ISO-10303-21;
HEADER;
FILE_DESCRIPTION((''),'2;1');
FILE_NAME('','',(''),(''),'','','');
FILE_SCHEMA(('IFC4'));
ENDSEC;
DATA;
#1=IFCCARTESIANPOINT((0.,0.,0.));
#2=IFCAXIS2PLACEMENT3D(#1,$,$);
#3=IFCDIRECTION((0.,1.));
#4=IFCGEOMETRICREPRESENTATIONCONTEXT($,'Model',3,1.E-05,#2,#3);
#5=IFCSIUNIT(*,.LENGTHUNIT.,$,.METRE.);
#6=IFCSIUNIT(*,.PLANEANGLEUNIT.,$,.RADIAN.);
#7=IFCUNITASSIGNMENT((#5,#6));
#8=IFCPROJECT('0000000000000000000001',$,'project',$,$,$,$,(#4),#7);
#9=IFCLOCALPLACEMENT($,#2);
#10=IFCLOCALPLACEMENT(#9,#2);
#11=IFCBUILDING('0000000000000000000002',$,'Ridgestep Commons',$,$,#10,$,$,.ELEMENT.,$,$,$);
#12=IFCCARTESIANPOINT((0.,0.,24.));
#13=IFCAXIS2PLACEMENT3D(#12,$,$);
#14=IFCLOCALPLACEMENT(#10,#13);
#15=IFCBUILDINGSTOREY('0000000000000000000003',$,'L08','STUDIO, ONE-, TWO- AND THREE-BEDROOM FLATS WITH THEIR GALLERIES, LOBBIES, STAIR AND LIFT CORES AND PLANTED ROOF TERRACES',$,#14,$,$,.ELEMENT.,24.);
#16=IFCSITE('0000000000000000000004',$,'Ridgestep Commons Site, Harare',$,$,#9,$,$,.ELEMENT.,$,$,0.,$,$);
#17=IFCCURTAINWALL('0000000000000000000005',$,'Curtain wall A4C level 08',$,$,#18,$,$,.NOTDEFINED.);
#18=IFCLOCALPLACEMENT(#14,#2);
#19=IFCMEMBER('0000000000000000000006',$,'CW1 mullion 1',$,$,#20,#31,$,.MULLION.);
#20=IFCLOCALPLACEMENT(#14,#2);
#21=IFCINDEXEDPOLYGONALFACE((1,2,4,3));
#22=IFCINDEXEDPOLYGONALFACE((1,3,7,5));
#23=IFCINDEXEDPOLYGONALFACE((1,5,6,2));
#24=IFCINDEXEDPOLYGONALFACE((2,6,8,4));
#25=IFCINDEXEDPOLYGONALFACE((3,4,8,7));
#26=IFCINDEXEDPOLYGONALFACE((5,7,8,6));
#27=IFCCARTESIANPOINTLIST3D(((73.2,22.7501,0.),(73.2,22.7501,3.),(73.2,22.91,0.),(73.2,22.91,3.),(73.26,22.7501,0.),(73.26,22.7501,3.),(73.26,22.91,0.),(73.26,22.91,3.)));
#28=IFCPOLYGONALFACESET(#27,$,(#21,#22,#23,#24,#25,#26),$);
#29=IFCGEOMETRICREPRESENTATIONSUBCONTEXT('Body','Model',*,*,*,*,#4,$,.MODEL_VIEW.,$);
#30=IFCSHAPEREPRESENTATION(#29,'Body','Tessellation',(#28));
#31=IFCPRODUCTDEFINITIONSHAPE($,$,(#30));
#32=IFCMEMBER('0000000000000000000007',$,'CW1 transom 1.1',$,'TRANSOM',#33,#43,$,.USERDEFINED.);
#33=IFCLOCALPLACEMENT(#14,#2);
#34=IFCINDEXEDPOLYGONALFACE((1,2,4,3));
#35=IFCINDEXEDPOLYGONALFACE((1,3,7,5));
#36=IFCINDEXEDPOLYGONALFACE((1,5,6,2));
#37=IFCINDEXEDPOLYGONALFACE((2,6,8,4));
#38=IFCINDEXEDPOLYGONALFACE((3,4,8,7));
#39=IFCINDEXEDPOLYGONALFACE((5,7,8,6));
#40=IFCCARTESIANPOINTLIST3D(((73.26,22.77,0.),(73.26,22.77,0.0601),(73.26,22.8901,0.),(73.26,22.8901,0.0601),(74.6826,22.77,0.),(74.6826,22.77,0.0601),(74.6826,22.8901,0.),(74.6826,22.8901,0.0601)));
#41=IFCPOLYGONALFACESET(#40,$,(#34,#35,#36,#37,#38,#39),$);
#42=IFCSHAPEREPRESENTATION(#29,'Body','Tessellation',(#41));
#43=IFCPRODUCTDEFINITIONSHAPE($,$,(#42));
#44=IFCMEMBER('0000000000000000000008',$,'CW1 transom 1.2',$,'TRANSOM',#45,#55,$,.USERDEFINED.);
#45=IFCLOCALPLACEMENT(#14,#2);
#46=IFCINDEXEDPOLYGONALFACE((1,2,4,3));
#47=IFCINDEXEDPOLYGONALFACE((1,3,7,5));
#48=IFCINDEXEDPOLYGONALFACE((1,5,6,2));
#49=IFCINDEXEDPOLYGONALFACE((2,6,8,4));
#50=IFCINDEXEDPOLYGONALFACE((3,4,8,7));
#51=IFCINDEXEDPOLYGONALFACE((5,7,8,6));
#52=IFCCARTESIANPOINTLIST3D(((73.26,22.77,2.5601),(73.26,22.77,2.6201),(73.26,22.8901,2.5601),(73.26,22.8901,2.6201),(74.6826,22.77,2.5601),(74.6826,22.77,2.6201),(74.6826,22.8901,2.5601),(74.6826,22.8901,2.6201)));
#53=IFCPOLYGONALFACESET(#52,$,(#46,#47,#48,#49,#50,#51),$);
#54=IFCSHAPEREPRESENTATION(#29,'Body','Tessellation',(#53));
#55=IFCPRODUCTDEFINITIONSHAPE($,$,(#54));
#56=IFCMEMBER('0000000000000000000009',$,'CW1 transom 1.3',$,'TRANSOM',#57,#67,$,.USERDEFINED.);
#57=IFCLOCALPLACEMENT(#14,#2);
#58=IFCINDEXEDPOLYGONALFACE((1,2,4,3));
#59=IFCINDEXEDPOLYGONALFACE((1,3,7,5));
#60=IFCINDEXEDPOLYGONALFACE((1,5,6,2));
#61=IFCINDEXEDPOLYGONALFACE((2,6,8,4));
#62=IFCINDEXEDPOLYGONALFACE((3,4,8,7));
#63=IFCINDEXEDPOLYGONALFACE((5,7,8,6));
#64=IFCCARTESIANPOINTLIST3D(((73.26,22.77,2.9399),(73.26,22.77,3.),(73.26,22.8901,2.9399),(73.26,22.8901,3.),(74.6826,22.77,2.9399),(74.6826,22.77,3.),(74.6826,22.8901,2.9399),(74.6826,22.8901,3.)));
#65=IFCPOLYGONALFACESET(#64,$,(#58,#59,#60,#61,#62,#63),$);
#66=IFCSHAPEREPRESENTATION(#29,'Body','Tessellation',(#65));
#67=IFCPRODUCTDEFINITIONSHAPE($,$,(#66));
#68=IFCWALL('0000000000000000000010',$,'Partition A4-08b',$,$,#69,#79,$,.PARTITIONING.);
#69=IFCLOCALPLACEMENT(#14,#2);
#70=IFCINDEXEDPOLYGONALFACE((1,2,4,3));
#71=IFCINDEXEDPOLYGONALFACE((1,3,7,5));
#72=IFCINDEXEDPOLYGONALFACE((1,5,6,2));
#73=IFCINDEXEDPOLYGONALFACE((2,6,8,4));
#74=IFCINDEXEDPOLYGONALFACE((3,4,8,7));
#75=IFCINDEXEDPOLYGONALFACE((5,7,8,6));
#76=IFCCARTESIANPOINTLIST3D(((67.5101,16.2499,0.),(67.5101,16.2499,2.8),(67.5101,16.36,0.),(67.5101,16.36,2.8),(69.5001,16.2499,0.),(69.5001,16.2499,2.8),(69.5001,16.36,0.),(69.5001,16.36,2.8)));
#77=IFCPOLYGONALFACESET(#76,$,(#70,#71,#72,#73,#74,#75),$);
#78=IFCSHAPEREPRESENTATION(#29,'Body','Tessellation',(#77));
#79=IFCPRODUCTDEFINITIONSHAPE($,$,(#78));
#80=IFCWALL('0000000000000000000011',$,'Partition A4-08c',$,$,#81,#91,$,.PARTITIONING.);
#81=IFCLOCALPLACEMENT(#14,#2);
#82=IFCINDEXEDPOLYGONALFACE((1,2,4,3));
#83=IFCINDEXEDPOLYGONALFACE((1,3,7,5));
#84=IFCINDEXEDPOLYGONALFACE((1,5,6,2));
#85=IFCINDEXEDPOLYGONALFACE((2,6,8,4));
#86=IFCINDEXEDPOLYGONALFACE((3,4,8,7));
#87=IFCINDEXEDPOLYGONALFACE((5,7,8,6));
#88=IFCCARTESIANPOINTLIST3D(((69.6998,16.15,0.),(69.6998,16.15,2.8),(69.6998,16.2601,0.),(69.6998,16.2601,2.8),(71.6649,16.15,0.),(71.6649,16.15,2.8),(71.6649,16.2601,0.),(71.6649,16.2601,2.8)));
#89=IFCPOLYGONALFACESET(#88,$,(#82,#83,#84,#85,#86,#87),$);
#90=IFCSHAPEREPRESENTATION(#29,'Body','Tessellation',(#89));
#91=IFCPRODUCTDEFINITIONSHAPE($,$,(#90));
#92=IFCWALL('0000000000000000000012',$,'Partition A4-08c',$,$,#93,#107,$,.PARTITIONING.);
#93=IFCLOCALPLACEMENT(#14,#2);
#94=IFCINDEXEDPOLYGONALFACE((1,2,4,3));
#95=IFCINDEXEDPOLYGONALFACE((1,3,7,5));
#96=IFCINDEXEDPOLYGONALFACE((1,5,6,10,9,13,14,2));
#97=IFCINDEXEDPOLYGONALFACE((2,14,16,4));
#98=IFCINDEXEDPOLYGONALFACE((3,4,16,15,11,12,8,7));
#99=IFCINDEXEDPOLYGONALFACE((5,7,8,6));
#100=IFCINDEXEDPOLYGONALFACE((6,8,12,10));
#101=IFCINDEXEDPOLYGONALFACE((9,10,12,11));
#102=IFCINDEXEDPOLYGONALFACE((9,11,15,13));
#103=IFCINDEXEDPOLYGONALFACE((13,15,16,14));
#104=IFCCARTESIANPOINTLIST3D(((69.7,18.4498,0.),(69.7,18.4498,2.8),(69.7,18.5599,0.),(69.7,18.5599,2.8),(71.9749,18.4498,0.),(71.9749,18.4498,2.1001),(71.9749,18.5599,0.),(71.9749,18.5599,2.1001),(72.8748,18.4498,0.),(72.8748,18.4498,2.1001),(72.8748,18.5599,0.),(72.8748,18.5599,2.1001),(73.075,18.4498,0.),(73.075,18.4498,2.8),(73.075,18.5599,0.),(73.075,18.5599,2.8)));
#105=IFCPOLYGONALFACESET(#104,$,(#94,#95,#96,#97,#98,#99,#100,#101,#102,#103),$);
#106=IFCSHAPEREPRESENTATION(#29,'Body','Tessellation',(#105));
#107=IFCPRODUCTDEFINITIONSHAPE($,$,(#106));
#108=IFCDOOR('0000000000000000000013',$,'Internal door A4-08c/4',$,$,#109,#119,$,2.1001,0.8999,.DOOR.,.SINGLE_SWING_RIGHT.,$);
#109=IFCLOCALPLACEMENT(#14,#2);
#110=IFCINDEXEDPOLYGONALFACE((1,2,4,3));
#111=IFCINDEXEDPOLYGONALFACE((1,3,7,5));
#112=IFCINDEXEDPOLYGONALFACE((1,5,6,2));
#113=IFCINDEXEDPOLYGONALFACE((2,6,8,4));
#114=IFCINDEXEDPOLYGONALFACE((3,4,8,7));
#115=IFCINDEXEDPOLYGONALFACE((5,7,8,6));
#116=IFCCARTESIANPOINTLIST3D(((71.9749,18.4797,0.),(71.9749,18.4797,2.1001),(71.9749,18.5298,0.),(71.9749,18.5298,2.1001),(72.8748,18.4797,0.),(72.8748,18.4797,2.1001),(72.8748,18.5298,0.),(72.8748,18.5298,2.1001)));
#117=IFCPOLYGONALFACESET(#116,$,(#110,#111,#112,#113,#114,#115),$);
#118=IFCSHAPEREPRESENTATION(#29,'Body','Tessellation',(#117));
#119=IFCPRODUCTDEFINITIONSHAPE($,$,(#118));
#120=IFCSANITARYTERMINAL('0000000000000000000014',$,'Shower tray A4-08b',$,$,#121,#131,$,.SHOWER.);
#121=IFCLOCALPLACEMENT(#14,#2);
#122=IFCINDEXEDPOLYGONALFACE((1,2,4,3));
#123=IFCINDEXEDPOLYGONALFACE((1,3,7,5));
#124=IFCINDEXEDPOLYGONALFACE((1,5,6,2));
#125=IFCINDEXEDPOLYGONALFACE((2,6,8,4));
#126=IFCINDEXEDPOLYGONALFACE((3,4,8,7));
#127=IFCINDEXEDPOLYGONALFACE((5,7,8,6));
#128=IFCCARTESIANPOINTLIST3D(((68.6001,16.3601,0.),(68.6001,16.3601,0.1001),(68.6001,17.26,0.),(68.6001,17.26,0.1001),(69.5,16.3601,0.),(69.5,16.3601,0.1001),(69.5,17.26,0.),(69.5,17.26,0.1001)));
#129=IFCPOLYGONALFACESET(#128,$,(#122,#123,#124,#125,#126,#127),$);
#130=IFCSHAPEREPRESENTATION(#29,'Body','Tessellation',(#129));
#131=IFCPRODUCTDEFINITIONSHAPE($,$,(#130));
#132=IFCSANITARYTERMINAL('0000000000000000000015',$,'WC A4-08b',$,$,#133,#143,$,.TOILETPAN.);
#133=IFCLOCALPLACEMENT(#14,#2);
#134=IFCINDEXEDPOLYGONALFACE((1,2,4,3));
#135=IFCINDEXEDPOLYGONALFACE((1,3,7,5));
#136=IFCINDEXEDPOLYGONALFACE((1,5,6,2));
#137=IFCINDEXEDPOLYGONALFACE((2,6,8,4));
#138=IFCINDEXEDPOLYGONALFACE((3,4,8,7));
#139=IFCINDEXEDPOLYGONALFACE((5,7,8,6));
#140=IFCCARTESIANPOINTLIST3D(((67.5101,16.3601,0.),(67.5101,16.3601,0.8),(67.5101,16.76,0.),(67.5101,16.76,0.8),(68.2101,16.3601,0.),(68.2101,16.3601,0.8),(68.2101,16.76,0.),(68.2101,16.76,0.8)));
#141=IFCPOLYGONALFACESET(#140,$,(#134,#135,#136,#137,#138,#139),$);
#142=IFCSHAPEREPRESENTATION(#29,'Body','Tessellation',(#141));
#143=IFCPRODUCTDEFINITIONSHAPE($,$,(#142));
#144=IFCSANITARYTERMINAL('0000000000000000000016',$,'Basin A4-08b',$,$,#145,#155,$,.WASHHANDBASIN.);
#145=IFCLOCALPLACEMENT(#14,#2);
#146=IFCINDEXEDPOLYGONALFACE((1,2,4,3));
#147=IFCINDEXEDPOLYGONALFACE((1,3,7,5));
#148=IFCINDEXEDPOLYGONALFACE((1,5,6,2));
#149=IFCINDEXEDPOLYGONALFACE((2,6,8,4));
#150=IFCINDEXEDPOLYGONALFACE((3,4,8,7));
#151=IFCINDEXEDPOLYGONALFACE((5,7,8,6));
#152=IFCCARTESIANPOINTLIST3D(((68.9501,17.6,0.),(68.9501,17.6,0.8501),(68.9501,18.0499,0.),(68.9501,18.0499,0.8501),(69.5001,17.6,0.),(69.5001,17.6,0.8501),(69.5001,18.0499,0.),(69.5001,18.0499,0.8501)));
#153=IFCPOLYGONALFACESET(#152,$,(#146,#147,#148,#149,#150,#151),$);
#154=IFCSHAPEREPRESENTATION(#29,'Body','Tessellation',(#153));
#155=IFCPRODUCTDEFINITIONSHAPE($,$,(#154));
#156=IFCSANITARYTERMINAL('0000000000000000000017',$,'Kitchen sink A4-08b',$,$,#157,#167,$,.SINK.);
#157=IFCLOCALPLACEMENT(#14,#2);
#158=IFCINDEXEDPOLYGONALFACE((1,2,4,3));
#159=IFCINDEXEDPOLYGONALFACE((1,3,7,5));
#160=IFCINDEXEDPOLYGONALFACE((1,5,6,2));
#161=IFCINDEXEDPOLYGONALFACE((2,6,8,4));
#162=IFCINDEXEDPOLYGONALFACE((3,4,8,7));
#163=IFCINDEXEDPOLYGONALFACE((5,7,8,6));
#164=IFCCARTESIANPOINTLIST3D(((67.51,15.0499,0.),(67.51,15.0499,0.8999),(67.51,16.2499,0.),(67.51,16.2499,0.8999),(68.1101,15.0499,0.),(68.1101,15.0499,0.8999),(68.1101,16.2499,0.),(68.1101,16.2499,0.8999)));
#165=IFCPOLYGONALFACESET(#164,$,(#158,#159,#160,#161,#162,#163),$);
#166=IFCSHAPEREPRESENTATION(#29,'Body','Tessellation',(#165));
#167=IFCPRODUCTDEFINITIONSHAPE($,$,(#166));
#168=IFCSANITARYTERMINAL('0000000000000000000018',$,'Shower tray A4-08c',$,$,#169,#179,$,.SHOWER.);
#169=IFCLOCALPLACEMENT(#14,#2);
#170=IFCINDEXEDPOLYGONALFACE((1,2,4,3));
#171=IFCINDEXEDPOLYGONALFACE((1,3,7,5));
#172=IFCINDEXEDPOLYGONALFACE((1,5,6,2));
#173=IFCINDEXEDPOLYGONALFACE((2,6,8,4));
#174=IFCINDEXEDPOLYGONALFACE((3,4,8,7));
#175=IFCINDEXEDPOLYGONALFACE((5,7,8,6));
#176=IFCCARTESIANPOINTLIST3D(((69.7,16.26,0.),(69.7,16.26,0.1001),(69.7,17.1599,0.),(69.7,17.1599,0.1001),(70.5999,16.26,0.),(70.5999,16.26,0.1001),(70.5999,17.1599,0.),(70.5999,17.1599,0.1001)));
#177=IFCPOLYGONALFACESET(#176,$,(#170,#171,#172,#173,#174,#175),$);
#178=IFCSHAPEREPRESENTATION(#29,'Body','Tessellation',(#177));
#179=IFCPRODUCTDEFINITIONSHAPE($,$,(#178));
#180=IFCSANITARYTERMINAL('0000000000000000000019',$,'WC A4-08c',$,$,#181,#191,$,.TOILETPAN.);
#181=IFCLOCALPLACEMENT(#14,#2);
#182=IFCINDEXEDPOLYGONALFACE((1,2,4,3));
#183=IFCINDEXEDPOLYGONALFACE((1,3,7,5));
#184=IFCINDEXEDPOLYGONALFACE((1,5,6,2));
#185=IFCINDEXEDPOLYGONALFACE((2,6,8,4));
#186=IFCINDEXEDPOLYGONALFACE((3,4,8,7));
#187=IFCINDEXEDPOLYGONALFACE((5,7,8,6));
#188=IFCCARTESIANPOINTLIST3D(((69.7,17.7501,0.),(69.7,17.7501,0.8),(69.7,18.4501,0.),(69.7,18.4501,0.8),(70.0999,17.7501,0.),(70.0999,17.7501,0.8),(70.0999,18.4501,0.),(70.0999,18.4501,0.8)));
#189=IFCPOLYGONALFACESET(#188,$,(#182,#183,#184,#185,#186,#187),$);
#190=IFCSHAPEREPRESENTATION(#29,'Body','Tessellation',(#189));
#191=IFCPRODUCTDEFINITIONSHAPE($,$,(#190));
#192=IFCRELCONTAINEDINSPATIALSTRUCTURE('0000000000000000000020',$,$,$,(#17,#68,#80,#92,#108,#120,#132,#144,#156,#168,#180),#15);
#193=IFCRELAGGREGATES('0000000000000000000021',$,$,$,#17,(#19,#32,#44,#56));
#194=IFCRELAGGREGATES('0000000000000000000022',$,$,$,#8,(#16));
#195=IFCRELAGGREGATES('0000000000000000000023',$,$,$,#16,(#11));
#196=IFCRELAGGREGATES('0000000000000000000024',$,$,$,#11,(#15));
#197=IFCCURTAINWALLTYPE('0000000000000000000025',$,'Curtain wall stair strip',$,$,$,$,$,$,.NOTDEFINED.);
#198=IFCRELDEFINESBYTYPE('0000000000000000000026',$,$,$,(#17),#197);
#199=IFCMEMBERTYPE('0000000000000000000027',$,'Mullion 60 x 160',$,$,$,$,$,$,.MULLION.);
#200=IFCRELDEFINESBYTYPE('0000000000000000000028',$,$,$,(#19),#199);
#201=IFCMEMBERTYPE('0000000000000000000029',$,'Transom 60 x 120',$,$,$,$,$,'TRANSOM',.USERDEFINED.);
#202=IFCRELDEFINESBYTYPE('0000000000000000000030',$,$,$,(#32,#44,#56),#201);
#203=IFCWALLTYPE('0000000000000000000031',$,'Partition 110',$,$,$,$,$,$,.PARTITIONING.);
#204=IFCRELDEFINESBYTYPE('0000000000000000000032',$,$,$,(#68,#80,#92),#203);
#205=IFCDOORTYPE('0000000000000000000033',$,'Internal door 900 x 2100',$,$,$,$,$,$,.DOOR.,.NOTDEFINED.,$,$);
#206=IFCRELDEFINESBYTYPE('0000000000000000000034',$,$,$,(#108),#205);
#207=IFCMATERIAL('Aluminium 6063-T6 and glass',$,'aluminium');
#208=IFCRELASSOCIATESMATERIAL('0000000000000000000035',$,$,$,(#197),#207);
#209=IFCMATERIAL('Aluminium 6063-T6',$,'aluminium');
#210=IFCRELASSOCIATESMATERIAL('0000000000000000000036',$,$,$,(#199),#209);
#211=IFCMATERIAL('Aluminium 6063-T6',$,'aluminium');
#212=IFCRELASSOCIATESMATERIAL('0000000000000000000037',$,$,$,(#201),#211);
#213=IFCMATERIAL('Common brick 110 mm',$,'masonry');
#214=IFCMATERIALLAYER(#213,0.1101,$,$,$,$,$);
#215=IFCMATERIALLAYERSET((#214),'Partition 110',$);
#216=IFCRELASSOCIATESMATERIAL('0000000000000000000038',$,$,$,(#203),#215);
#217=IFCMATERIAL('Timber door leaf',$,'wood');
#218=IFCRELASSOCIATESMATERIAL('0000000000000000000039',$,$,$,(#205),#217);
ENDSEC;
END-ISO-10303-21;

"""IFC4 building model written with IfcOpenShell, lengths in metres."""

from ifc_helpers import new_model, si_unit, direction, frame, frame_2d, origin, origin_2d, place, context, subcontext, project, spatial, rectangle, extrude, material, layer, layer_set, material_profile, profile_set, type_object, element, fill, aggregate, save


model = new_model("IFC4")

# Units and contexts
model_context = context("Model", 3, precision=1e-05, world=origin(), true_north=direction((0.0, 1.0)))
body_context = subcontext(model_context, "Body", "Model", "MODEL_VIEW")
ifc_project = project(units=[si_unit("LENGTHUNIT", "METRE"), si_unit("PLANEANGLEUNIT", "RADIAN")], contexts=[model_context])

# Site, building, storey
site_placement = place(None, origin())
site = spatial("IfcSite", under=ifc_project, at=site_placement, Name="Ridgestep Commons Site, Harare", CompositionType="ELEMENT", RefElevation=0.0)
building_placement = place(site_placement, origin())
building = spatial("IfcBuilding", under=site, at=building_placement, Name="Ridgestep Commons", CompositionType="ELEMENT")
storey_placement = place(building_placement, frame((0.0, 0.0, 24.0)))
storey = spatial("IfcBuildingStorey", under=building, at=storey_placement, Name="L08", Description="STUDIO, ONE-, TWO- AND THREE-BEDROOM FLATS WITH THEIR GALLERIES, LOBBIES, STAIR AND LIFT CORES AND PLANTED ROOF TERRACES", CompositionType="ELEMENT", Elevation=24.0)

# Curtain wall, members
ifc_material_1 = material(Name="Aluminium 6063-T6 and glass", Category="aluminium")
curtain_wall_type = type_object("IfcCurtainWallType", Name="Curtain wall stair strip", PredefinedType="NOTDEFINED", material=ifc_material_1)
curtain_wall_placement = place(storey_placement, origin())
curtain_wall = element("IfcCurtainWall", 1, at=curtain_wall_placement, inside=storey, type_object=curtain_wall_type, Name="Curtain wall A4C level 08", PredefinedType="NOTDEFINED")
ifc_material_2 = material(Name="Aluminium 6063-T6", Category="aluminium")
ifc_material_profile_1 = material_profile(ifc_material_2, rectangle(XDim=0.1599, YDim=0.0601, at=origin_2d()), Name="Mullion 60 x 160")
ifc_profile_set_1 = profile_set([ifc_material_profile_1], Name="Aluminium 6063-T6")
member_type_1 = type_object("IfcMemberType", Name="Mullion 60 x 160", PredefinedType="MULLION", material=ifc_profile_set_1)
member_1_placement = place(storey_placement, frame((73.23, 22.8301, 0.0), z_axis=(0.0, 0.0, 1.0), x_axis=(0.0, 1.0, 0.0)))
member_1 = element("IfcMember", 2, at=member_1_placement, type_object=member_type_1, Name="CW1 mullion 1", PredefinedType="MULLION", context=body_context, shape_type="SweptSolid", body=[
    extrude(rectangle(XDim=0.1599, YDim=0.0601, at=origin_2d()), origin(), (0.0, 0.0, 1.0), 3.0),
])
ifc_material_3 = material(Name="Aluminium 6063-T6", Category="aluminium")
ifc_material_profile_2 = material_profile(ifc_material_3, rectangle(XDim=0.1201, YDim=0.0601, at=origin_2d()), Name="Transom 60 x 120")
ifc_profile_set_2 = profile_set([ifc_material_profile_2], Name="Aluminium 6063-T6")
member_type_2 = type_object("IfcMemberType", Name="Transom 60 x 120", ElementType="TRANSOM", PredefinedType="USERDEFINED", material=ifc_profile_set_2)
member_2_placement = place(storey_placement, frame((73.26, 22.8301, 0.03), z_axis=(1.0, 0.0, 0.0), x_axis=(0.0, 1.0, 0.0)))
member_2 = element("IfcMember", 3, at=member_2_placement, type_object=member_type_2, Name="CW1 transom 1.1", ObjectType="TRANSOM", PredefinedType="USERDEFINED", context=body_context, shape_type="SweptSolid", body=[
    extrude(rectangle(XDim=0.1201, YDim=0.0601, at=origin_2d()), origin(), (0.0, 0.0, 1.0), 1.4226),
])
member_3_placement = place(storey_placement, frame((73.26, 22.8301, 2.5901), z_axis=(1.0, 0.0, 0.0), x_axis=(0.0, 1.0, 0.0)))
member_3 = element("IfcMember", 4, at=member_3_placement, type_object=member_type_2, Name="CW1 transom 1.2", ObjectType="TRANSOM", PredefinedType="USERDEFINED", context=body_context, shape_type="SweptSolid", body=[
    extrude(rectangle(XDim=0.1201, YDim=0.0601, at=origin_2d()), origin(), (0.0, 0.0, 1.0), 1.4226),
])
member_4_placement = place(storey_placement, frame((73.26, 22.8301, 2.97), z_axis=(1.0, 0.0, 0.0), x_axis=(0.0, 1.0, 0.0)))
member_4 = element("IfcMember", 5, at=member_4_placement, type_object=member_type_2, Name="CW1 transom 1.3", ObjectType="TRANSOM", PredefinedType="USERDEFINED", context=body_context, shape_type="SweptSolid", body=[
    extrude(rectangle(XDim=0.1201, YDim=0.0601, at=origin_2d()), origin(), (0.0, 0.0, 1.0), 1.4226),
])
aggregate(curtain_wall, [member_1, member_2, member_3, member_4])

# Walls
ifc_material_4 = material(Name="Common brick 110 mm", Category="masonry")
ifc_layer = layer(ifc_material_4, 0.1101)
ifc_layer_set = layer_set([ifc_layer], Name="Partition 110")
wall_type = type_object("IfcWallType", Name="Partition 110", PredefinedType="PARTITIONING", material=ifc_layer_set)
wall_1_placement = place(storey_placement, frame((67.51, 16.3049, 0.0), z_axis=(0.0, 0.0, 1.0), x_axis=(1.0, 0.0, 0.0)))
element("IfcWall", 6, at=wall_1_placement, inside=storey, type_object=wall_type, Name="Partition A4-08b", PredefinedType="PARTITIONING", context=body_context, shape_type="SweptSolid", body=[
    extrude(rectangle(XDim=1.99, YDim=0.1101, at=frame_2d((0.9951, 0.0))), origin(), (0.0, 0.0, 1.0), 2.8),
])
wall_2_placement = place(storey_placement, frame((69.7, 16.2051, 0.0), z_axis=(0.0, 0.0, 1.0), x_axis=(1.0, 0.0, 0.0)))
element("IfcWall", 7, at=wall_2_placement, inside=storey, type_object=wall_type, Name="Partition A4-08c", PredefinedType="PARTITIONING", context=body_context, shape_type="SweptSolid", body=[
    extrude(rectangle(XDim=1.9651, YDim=0.1101, at=frame_2d((0.9824, 0.0))), origin(), (0.0, 0.0, 1.0), 2.8),
])

# Wall, opening, door
wall_3_placement = place(storey_placement, frame((69.7, 18.5049, 0.0), z_axis=(0.0, 0.0, 1.0), x_axis=(1.0, 0.0, 0.0)))
wall_3 = element("IfcWall", 8, at=wall_3_placement, inside=storey, type_object=wall_type, Name="Partition A4-08c", PredefinedType="PARTITIONING", context=body_context, shape_type="SweptSolid", body=[
    extrude(rectangle(XDim=3.375, YDim=0.1101, at=frame_2d((1.6875, 0.0))), origin(), (0.0, 0.0, 1.0), 2.8),
])
opening_placement = place(wall_3_placement, frame((2.2749, 0.0, 0.0)))
opening = element("IfcOpeningElement", 9, at=opening_placement, cuts=wall_3, PredefinedType="OPENING", context=body_context, shape_type="SweptSolid", body=[
    extrude(rectangle(XDim=0.8999, YDim=2.1001, at=frame_2d((0.45, 1.05))), frame((0.0, 0.0649, 0.0), z_axis=(0.0, -1.0, 0.0), x_axis=(1.0, 0.0, 0.0)), (0.0, 0.0, 1.0), 0.1301),
])
ifc_material_5 = material(Name="Timber door leaf", Category="wood")
door_type = type_object("IfcDoorType", Name="Internal door 900 x 2100", OperationType="NOTDEFINED", PredefinedType="DOOR", material=ifc_material_5)
door_placement = place(opening_placement, origin())
door = element("IfcDoor", 10, at=door_placement, inside=storey, type_object=door_type, Name="Internal door A4-08c/4", OperationType="SINGLE_SWING_RIGHT", OverallHeight=2.1001, OverallWidth=0.8999, PredefinedType="DOOR", context=body_context, shape_type="SweptSolid", body=[
    extrude(rectangle(XDim=0.8999, YDim=2.1001, at=frame_2d((0.45, 1.05))), frame((0.0, 0.0249, 0.0), z_axis=(0.0, -1.0, 0.0), x_axis=(1.0, 0.0, 0.0)), (0.0, 0.0, 1.0), 0.05),
])
fill(opening, door)

# Sanitary terminals
sanitary_terminal_1_placement = place(storey_placement, frame((69.05, 16.8101, 0.0), z_axis=(0.0, 0.0, 1.0), x_axis=(1.0, 0.0, 0.0)))
element("IfcSanitaryTerminal", 11, at=sanitary_terminal_1_placement, inside=storey, Name="Shower tray A4-08b", PredefinedType="SHOWER", context=body_context, shape_type="SweptSolid", body=[
    extrude(rectangle(XDim=0.8999, YDim=0.8999, at=origin_2d()), origin(), (0.0, 0.0, 1.0), 0.1001),
])
sanitary_terminal_2_placement = place(storey_placement, frame((67.8601, 16.5601, 0.0), z_axis=(0.0, 0.0, 1.0), x_axis=(1.0, 0.0, 0.0)))
element("IfcSanitaryTerminal", 12, at=sanitary_terminal_2_placement, inside=storey, Name="WC A4-08b", PredefinedType="TOILETPAN", context=body_context, shape_type="SweptSolid", body=[
    extrude(rectangle(XDim=0.7, YDim=0.3999, at=origin_2d()), origin(), (0.0, 0.0, 1.0), 0.8),
])
sanitary_terminal_3_placement = place(storey_placement, frame((69.2251, 17.825, 0.0), z_axis=(0.0, 0.0, 1.0), x_axis=(1.0, 0.0, 0.0)))
element("IfcSanitaryTerminal", 13, at=sanitary_terminal_3_placement, inside=storey, Name="Basin A4-08b", PredefinedType="WASHHANDBASIN", context=body_context, shape_type="SweptSolid", body=[
    extrude(rectangle(XDim=0.55, YDim=0.45, at=origin_2d()), origin(), (0.0, 0.0, 1.0), 0.8501),
])
sanitary_terminal_4_placement = place(storey_placement, frame((67.8101, 15.6499, 0.0), z_axis=(0.0, 0.0, 1.0), x_axis=(1.0, 0.0, 0.0)))
element("IfcSanitaryTerminal", 14, at=sanitary_terminal_4_placement, inside=storey, Name="Kitchen sink A4-08b", PredefinedType="SINK", context=body_context, shape_type="SweptSolid", body=[
    extrude(rectangle(XDim=0.6001, YDim=1.2, at=origin_2d()), origin(), (0.0, 0.0, 1.0), 0.8999),
])
sanitary_terminal_5_placement = place(storey_placement, frame((70.1499, 16.71, 0.0), z_axis=(0.0, 0.0, 1.0), x_axis=(1.0, 0.0, 0.0)))
element("IfcSanitaryTerminal", 15, at=sanitary_terminal_5_placement, inside=storey, Name="Shower tray A4-08c", PredefinedType="SHOWER", context=body_context, shape_type="SweptSolid", body=[
    extrude(rectangle(XDim=0.8999, YDim=0.8999, at=origin_2d()), origin(), (0.0, 0.0, 1.0), 0.1001),
])
sanitary_terminal_6_placement = place(storey_placement, frame((69.8999, 18.1001, 0.0), z_axis=(0.0, 0.0, 1.0), x_axis=(1.0, 0.0, 0.0)))
element("IfcSanitaryTerminal", 16, at=sanitary_terminal_6_placement, inside=storey, Name="WC A4-08c", PredefinedType="TOILETPAN", context=body_context, shape_type="SweptSolid", body=[
    extrude(rectangle(XDim=0.3999, YDim=0.7, at=origin_2d()), origin(), (0.0, 0.0, 1.0), 0.8),
])

save(model, "model.ifc")
